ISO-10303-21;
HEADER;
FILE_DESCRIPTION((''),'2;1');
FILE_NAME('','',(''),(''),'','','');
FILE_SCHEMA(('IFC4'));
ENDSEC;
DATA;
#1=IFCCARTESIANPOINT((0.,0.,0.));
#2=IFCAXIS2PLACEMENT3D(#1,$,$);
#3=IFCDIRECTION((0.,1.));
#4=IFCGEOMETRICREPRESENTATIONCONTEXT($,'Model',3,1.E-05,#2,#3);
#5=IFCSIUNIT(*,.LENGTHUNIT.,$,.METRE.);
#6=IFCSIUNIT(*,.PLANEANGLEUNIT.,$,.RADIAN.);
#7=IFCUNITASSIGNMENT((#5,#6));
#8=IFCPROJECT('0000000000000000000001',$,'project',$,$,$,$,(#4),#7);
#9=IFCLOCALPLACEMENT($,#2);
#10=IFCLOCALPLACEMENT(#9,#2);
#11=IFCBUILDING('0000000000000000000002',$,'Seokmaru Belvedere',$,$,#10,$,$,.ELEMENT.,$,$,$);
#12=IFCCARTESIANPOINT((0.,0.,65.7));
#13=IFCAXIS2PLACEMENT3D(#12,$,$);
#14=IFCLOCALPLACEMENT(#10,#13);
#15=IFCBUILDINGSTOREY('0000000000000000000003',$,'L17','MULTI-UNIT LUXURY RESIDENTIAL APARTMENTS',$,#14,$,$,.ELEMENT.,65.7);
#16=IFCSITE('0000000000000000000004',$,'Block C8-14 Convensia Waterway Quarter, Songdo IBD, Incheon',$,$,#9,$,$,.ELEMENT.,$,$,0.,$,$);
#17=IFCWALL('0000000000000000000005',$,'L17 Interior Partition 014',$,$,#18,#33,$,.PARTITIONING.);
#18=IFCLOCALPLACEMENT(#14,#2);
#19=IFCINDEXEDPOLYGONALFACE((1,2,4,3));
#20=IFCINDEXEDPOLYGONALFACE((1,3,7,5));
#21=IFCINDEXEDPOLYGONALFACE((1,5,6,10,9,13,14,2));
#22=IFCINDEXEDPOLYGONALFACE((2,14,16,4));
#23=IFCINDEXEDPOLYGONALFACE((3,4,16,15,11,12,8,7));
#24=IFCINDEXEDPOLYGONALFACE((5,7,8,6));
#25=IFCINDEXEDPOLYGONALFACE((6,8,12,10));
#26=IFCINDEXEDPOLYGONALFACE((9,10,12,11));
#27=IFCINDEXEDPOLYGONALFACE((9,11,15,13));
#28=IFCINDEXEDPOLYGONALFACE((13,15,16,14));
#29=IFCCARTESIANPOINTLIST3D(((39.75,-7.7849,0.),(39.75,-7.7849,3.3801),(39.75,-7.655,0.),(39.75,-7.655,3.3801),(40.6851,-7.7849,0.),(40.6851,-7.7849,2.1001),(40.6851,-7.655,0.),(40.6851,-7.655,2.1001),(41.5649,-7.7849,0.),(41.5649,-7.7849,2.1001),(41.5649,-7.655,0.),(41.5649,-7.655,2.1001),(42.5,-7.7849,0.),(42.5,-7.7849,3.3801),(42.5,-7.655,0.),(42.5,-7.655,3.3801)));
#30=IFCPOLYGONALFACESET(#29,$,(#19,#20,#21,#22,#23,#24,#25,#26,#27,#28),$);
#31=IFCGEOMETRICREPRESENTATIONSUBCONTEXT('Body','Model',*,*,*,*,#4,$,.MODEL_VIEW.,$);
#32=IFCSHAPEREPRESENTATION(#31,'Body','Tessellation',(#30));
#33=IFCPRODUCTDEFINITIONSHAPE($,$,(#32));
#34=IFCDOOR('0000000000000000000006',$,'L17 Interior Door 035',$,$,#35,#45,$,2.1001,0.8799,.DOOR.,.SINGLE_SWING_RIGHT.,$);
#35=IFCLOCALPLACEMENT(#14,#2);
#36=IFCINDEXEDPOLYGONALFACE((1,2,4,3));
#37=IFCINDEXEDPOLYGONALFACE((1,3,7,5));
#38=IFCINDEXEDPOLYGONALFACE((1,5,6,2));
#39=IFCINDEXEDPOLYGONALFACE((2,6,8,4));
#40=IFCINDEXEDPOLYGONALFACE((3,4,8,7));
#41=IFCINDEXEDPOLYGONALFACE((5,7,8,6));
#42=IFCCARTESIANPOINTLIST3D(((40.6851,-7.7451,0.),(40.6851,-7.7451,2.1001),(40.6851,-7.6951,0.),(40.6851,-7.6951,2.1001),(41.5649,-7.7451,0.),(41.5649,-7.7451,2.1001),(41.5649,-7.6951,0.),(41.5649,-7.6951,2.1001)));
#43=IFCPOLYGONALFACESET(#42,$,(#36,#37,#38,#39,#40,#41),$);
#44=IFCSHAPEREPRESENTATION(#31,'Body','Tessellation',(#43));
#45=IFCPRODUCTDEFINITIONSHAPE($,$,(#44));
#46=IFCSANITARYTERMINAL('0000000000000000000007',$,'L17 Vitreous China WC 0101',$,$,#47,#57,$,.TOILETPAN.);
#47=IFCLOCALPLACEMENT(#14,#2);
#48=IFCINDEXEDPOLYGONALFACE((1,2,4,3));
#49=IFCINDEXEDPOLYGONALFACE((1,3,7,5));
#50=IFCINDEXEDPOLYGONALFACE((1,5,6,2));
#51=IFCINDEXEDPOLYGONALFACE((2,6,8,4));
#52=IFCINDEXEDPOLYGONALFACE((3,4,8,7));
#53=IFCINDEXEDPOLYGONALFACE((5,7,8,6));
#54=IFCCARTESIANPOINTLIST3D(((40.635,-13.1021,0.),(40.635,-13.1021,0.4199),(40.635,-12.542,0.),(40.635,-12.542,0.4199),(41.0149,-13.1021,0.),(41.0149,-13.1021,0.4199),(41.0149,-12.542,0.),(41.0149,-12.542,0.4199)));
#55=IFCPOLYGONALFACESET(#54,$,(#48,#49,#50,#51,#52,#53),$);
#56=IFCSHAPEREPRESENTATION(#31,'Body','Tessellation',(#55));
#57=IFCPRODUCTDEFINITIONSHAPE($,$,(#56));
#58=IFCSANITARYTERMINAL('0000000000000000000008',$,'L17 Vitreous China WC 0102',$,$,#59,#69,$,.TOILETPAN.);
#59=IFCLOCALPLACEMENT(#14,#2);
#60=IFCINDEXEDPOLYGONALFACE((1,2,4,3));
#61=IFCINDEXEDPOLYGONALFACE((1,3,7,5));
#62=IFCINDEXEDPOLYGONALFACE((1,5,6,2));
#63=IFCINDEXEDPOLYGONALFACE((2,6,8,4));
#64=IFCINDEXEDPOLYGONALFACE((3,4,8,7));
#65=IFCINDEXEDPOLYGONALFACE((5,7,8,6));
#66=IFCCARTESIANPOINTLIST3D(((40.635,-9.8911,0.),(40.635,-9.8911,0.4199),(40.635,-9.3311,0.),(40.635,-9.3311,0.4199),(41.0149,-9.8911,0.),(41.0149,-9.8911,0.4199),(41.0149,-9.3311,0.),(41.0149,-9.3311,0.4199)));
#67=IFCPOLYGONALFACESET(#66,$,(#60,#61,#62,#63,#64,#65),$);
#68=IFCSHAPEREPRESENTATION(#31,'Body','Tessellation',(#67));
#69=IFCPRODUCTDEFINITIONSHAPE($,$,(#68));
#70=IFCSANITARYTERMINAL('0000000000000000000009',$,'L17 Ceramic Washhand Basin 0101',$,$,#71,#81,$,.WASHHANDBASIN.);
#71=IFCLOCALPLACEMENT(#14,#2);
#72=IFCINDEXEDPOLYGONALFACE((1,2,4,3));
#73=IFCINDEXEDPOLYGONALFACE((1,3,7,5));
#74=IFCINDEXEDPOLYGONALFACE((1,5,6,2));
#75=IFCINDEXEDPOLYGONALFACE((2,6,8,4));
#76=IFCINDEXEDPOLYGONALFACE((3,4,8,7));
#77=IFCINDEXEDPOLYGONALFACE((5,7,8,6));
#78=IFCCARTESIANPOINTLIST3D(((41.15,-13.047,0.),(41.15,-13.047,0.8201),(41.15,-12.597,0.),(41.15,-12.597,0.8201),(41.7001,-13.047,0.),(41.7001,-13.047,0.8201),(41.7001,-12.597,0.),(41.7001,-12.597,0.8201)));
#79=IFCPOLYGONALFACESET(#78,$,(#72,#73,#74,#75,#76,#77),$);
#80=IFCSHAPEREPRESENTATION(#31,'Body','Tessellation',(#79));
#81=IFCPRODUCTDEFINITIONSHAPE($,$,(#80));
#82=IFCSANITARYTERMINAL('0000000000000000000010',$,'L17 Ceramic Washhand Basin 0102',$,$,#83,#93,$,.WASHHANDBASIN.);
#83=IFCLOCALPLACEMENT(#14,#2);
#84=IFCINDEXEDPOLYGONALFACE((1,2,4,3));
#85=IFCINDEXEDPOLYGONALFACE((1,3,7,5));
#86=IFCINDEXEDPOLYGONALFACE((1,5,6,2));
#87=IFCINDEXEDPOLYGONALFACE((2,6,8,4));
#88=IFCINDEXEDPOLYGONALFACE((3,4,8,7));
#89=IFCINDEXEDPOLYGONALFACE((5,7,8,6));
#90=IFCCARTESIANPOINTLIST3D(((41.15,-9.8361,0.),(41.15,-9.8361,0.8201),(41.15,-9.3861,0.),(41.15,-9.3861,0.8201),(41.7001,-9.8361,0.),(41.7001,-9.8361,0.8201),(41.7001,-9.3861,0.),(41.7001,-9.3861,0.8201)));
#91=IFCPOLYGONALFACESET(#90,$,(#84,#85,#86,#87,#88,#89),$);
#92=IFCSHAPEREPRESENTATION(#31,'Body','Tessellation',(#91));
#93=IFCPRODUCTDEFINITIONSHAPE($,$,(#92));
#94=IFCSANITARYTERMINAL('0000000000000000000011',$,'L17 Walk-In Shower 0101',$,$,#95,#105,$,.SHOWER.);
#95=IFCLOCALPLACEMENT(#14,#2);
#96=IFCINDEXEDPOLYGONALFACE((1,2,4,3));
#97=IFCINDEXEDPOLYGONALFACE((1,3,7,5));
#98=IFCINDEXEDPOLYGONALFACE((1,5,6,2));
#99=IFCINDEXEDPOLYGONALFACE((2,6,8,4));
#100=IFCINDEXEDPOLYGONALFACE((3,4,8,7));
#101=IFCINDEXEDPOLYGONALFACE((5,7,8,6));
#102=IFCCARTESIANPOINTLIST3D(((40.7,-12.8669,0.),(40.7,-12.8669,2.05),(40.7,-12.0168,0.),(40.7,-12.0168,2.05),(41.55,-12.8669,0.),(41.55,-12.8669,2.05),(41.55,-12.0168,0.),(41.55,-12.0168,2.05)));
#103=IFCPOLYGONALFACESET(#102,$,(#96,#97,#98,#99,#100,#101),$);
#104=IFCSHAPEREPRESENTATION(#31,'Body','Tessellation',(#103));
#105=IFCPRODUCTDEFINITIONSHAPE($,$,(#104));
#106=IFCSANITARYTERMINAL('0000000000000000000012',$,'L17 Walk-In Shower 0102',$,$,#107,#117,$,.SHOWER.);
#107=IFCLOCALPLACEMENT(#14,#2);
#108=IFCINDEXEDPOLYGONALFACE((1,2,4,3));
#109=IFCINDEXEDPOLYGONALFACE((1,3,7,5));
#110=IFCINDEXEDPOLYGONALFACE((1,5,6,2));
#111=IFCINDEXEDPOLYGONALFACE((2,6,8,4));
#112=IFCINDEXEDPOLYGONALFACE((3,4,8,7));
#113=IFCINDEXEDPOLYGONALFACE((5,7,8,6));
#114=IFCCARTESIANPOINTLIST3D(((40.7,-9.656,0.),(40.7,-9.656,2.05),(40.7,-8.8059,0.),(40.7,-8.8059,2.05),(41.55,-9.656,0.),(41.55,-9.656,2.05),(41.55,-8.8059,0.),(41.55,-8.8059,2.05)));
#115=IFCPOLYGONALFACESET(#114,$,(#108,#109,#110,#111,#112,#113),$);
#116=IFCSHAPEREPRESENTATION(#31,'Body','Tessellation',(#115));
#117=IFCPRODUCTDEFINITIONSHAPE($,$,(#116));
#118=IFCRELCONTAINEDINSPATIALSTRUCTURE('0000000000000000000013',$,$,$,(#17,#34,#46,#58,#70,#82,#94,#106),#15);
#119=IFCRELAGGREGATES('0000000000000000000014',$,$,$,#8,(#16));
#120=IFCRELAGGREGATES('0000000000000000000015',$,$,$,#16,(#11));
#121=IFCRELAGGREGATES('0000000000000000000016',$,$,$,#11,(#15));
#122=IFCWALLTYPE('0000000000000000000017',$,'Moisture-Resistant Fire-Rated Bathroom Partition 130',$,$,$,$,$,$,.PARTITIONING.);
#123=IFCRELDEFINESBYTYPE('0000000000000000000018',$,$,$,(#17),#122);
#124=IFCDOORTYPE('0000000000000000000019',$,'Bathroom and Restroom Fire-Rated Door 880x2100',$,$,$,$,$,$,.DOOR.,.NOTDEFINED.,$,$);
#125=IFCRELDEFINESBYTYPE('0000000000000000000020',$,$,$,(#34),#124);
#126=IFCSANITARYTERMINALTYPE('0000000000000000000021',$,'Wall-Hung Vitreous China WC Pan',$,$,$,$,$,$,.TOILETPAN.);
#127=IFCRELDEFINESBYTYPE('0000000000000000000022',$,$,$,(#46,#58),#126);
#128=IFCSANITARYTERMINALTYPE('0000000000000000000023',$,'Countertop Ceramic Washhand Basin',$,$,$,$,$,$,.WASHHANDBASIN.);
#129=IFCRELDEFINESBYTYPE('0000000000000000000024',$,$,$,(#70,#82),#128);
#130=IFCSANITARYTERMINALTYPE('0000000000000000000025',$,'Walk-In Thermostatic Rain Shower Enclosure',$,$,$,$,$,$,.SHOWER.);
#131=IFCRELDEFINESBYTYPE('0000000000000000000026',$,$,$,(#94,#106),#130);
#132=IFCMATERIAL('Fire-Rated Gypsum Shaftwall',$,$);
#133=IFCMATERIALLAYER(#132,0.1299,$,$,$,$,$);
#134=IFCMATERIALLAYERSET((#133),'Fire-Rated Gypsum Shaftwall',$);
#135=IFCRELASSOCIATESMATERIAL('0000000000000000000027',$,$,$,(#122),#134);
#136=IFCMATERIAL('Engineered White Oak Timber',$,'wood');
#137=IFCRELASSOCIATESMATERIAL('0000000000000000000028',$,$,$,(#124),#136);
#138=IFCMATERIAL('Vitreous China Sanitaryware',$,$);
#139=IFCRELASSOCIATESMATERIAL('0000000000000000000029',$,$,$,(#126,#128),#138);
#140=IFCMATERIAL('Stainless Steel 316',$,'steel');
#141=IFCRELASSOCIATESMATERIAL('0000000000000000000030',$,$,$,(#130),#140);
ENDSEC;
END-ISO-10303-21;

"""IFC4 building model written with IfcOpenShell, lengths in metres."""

from ifc_helpers import new_model, si_unit, direction, frame, frame_2d, origin, origin_2d, place, context, subcontext, project, spatial, rectangle, extrude, source, transform, mapped, material, layer, layer_set, type_object, type_shapes, element, fill, save


model = new_model("IFC4")

# Units and contexts
model_context = context("Model", 3, precision=1e-05, world=origin(), true_north=direction((0.0, 1.0)))
body_context = subcontext(model_context, "Body", "Model", "MODEL_VIEW")
ifc_project = project(units=[si_unit("LENGTHUNIT", "METRE"), si_unit("PLANEANGLEUNIT", "RADIAN")], contexts=[model_context])

# Site, building, storey
site_placement = place(None, origin())
site = spatial("IfcSite", under=ifc_project, at=site_placement, Name="Block C8-14 Convensia Waterway Quarter, Songdo IBD, Incheon", CompositionType="ELEMENT", RefElevation=0.0)
building_placement = place(site_placement, origin())
building = spatial("IfcBuilding", under=site, at=building_placement, Name="Seokmaru Belvedere", CompositionType="ELEMENT")
storey_placement = place(building_placement, frame((0.0, 0.0, 65.7)))
storey = spatial("IfcBuildingStorey", under=building, at=storey_placement, Name="L17", Description="MULTI-UNIT LUXURY RESIDENTIAL APARTMENTS", CompositionType="ELEMENT", Elevation=65.7)

# Shared definitions
ifc_material_1 = material(Name="Fire-Rated Gypsum Shaftwall")

# Wall, opening, door
ifc_layer_1 = layer(ifc_material_1, 0.1299)
ifc_layer_set_1 = layer_set([ifc_layer_1], Name="Fire-Rated Gypsum Shaftwall")
wall_type_1 = type_object("IfcWallType", Name="Moisture-Resistant Fire-Rated Bathroom Partition 130", PredefinedType="PARTITIONING", material=ifc_layer_set_1)
wall_1_placement = place(storey_placement, frame((39.75, -7.72, 0.0), z_axis=(0.0, 0.0, 1.0), x_axis=(1.0, 0.0, 0.0)))
wall_1 = element("IfcWall", 1, at=wall_1_placement, inside=storey, type_object=wall_type_1, Name="L17 Interior Partition 014", PredefinedType="PARTITIONING", context=body_context, shape_type="SweptSolid", body=[
    extrude(rectangle(XDim=2.75, YDim=0.1299, at=frame_2d((1.375, 0.0))), origin(), (0.0, 0.0, 1.0), 3.3801),
])
opening_1_placement = place(wall_1_placement, frame((0.9351, 0.0, 0.0)))
opening_1 = element("IfcOpeningElement", 2, at=opening_1_placement, cuts=wall_1, PredefinedType="OPENING", context=body_context, shape_type="SweptSolid", body=[
    extrude(rectangle(XDim=0.8799, YDim=2.1001, at=frame_2d((0.4399, 1.05))), frame((0.0, 0.075, 0.0), z_axis=(0.0, -1.0, 0.0), x_axis=(1.0, 0.0, 0.0)), (0.0, 0.0, 1.0), 0.1499),
])
ifc_material_2 = material(Name="Engineered White Oak Timber", Category="wood")
door_type = type_object("IfcDoorType", Name="Bathroom and Restroom Fire-Rated Door 880x2100", OperationType="NOTDEFINED", PredefinedType="DOOR", material=ifc_material_2)
shared_shape_1 = source(origin(), body_context, "Body", "SweptSolid", [
    extrude(rectangle(XDim=0.8799, YDim=2.1001, at=frame_2d((0.4399, 1.05))), frame((0.0, 0.0249, 0.0), z_axis=(0.0, -1.0, 0.0), x_axis=(1.0, 0.0, 0.0)), (0.0, 0.0, 1.0), 0.05),
])
type_shapes(door_type, [shared_shape_1])
door_placement = place(opening_1_placement, origin())
door = element("IfcDoor", 3, at=door_placement, inside=storey, type_object=door_type, Name="L17 Interior Door 035", OperationType="SINGLE_SWING_RIGHT", OverallHeight=2.1001, OverallWidth=0.8799, PredefinedType="DOOR", context=body_context, shape_type="MappedRepresentation", body=[
    mapped(shared_shape_1, transform((0.0, 0.0, 0.0), scale=1.0)),
])
fill(opening_1, door)

# Sanitary terminals
ifc_material_3 = material(Name="Vitreous China Sanitaryware")
sanitary_terminal_type_1 = type_object("IfcSanitaryTerminalType", Name="Wall-Hung Vitreous China WC Pan", PredefinedType="TOILETPAN", material=ifc_material_3)
shared_shape_2 = source(origin(), body_context, "Body", "SweptSolid", [
    extrude(rectangle(XDim=0.3799, YDim=0.5601, at=origin_2d()), origin(), (0.0, 0.0, 1.0), 0.4199),
])
type_shapes(sanitary_terminal_type_1, [shared_shape_2])
for number, where, z_axis, x_axis, name in (
    (4, (40.825, -12.822, 0.0), (0.0, 0.0, 1.0), (1.0, 0.0, 0.0), "L17 Vitreous China WC 0101"),
    (5, (40.825, -9.6111, 0.0), (0.0, 0.0, 1.0), (1.0, 0.0, 0.0), "L17 Vitreous China WC 0102"),
):
    element("IfcSanitaryTerminal", number, at=place(storey_placement, frame(where, z_axis=z_axis, x_axis=x_axis)), inside=storey, type_object=sanitary_terminal_type_1, Name=name, PredefinedType="TOILETPAN", context=body_context, shape_type="MappedRepresentation", body=[
        mapped(shared_shape_2, transform((0.0, 0.0, 0.0), scale=1.0)),
    ])
sanitary_terminal_type_2 = type_object("IfcSanitaryTerminalType", Name="Countertop Ceramic Washhand Basin", PredefinedType="WASHHANDBASIN", material=ifc_material_3)
shared_shape_3 = source(origin(), body_context, "Body", "SweptSolid", [
    extrude(rectangle(XDim=0.55, YDim=0.45, at=origin_2d()), origin(), (0.0, 0.0, 1.0), 0.8201),
])
type_shapes(sanitary_terminal_type_2, [shared_shape_3])
for number, where, z_axis, x_axis, name in (
    (6, (41.425, -12.822, 0.0), (0.0, 0.0, 1.0), (1.0, 0.0, 0.0), "L17 Ceramic Washhand Basin 0101"),
    (7, (41.425, -9.6111, 0.0), (0.0, 0.0, 1.0), (1.0, 0.0, 0.0), "L17 Ceramic Washhand Basin 0102"),
):
    element("IfcSanitaryTerminal", number, at=place(storey_placement, frame(where, z_axis=z_axis, x_axis=x_axis)), inside=storey, type_object=sanitary_terminal_type_2, Name=name, PredefinedType="WASHHANDBASIN", context=body_context, shape_type="MappedRepresentation", body=[
        mapped(shared_shape_3, transform((0.0, 0.0, 0.0), scale=1.0)),
    ])
ifc_material_4 = material(Name="Stainless Steel 316", Category="steel")
sanitary_terminal_type_3 = type_object("IfcSanitaryTerminalType", Name="Walk-In Thermostatic Rain Shower Enclosure", PredefinedType="SHOWER", material=ifc_material_4)
shared_shape_4 = source(origin(), body_context, "Body", "SweptSolid", [
    extrude(rectangle(XDim=0.8501, YDim=0.8501, at=origin_2d()), origin(), (0.0, 0.0, 1.0), 2.05),
])
type_shapes(sanitary_terminal_type_3, [shared_shape_4])
for number, where, z_axis, x_axis, name in (
    (8, (41.125, -12.4419, 0.0), (0.0, 0.0, 1.0), (1.0, 0.0, 0.0), "L17 Walk-In Shower 0101"),
    (9, (41.125, -9.231, 0.0), (0.0, 0.0, 1.0), (1.0, 0.0, 0.0), "L17 Walk-In Shower 0102"),
):
    element("IfcSanitaryTerminal", number, at=place(storey_placement, frame(where, z_axis=z_axis, x_axis=x_axis)), inside=storey, type_object=sanitary_terminal_type_3, Name=name, PredefinedType="SHOWER", context=body_context, shape_type="MappedRepresentation", body=[
        mapped(shared_shape_4, transform((0.0, 0.0, 0.0), scale=1.0)),
    ])

save(model, "model.ifc")
